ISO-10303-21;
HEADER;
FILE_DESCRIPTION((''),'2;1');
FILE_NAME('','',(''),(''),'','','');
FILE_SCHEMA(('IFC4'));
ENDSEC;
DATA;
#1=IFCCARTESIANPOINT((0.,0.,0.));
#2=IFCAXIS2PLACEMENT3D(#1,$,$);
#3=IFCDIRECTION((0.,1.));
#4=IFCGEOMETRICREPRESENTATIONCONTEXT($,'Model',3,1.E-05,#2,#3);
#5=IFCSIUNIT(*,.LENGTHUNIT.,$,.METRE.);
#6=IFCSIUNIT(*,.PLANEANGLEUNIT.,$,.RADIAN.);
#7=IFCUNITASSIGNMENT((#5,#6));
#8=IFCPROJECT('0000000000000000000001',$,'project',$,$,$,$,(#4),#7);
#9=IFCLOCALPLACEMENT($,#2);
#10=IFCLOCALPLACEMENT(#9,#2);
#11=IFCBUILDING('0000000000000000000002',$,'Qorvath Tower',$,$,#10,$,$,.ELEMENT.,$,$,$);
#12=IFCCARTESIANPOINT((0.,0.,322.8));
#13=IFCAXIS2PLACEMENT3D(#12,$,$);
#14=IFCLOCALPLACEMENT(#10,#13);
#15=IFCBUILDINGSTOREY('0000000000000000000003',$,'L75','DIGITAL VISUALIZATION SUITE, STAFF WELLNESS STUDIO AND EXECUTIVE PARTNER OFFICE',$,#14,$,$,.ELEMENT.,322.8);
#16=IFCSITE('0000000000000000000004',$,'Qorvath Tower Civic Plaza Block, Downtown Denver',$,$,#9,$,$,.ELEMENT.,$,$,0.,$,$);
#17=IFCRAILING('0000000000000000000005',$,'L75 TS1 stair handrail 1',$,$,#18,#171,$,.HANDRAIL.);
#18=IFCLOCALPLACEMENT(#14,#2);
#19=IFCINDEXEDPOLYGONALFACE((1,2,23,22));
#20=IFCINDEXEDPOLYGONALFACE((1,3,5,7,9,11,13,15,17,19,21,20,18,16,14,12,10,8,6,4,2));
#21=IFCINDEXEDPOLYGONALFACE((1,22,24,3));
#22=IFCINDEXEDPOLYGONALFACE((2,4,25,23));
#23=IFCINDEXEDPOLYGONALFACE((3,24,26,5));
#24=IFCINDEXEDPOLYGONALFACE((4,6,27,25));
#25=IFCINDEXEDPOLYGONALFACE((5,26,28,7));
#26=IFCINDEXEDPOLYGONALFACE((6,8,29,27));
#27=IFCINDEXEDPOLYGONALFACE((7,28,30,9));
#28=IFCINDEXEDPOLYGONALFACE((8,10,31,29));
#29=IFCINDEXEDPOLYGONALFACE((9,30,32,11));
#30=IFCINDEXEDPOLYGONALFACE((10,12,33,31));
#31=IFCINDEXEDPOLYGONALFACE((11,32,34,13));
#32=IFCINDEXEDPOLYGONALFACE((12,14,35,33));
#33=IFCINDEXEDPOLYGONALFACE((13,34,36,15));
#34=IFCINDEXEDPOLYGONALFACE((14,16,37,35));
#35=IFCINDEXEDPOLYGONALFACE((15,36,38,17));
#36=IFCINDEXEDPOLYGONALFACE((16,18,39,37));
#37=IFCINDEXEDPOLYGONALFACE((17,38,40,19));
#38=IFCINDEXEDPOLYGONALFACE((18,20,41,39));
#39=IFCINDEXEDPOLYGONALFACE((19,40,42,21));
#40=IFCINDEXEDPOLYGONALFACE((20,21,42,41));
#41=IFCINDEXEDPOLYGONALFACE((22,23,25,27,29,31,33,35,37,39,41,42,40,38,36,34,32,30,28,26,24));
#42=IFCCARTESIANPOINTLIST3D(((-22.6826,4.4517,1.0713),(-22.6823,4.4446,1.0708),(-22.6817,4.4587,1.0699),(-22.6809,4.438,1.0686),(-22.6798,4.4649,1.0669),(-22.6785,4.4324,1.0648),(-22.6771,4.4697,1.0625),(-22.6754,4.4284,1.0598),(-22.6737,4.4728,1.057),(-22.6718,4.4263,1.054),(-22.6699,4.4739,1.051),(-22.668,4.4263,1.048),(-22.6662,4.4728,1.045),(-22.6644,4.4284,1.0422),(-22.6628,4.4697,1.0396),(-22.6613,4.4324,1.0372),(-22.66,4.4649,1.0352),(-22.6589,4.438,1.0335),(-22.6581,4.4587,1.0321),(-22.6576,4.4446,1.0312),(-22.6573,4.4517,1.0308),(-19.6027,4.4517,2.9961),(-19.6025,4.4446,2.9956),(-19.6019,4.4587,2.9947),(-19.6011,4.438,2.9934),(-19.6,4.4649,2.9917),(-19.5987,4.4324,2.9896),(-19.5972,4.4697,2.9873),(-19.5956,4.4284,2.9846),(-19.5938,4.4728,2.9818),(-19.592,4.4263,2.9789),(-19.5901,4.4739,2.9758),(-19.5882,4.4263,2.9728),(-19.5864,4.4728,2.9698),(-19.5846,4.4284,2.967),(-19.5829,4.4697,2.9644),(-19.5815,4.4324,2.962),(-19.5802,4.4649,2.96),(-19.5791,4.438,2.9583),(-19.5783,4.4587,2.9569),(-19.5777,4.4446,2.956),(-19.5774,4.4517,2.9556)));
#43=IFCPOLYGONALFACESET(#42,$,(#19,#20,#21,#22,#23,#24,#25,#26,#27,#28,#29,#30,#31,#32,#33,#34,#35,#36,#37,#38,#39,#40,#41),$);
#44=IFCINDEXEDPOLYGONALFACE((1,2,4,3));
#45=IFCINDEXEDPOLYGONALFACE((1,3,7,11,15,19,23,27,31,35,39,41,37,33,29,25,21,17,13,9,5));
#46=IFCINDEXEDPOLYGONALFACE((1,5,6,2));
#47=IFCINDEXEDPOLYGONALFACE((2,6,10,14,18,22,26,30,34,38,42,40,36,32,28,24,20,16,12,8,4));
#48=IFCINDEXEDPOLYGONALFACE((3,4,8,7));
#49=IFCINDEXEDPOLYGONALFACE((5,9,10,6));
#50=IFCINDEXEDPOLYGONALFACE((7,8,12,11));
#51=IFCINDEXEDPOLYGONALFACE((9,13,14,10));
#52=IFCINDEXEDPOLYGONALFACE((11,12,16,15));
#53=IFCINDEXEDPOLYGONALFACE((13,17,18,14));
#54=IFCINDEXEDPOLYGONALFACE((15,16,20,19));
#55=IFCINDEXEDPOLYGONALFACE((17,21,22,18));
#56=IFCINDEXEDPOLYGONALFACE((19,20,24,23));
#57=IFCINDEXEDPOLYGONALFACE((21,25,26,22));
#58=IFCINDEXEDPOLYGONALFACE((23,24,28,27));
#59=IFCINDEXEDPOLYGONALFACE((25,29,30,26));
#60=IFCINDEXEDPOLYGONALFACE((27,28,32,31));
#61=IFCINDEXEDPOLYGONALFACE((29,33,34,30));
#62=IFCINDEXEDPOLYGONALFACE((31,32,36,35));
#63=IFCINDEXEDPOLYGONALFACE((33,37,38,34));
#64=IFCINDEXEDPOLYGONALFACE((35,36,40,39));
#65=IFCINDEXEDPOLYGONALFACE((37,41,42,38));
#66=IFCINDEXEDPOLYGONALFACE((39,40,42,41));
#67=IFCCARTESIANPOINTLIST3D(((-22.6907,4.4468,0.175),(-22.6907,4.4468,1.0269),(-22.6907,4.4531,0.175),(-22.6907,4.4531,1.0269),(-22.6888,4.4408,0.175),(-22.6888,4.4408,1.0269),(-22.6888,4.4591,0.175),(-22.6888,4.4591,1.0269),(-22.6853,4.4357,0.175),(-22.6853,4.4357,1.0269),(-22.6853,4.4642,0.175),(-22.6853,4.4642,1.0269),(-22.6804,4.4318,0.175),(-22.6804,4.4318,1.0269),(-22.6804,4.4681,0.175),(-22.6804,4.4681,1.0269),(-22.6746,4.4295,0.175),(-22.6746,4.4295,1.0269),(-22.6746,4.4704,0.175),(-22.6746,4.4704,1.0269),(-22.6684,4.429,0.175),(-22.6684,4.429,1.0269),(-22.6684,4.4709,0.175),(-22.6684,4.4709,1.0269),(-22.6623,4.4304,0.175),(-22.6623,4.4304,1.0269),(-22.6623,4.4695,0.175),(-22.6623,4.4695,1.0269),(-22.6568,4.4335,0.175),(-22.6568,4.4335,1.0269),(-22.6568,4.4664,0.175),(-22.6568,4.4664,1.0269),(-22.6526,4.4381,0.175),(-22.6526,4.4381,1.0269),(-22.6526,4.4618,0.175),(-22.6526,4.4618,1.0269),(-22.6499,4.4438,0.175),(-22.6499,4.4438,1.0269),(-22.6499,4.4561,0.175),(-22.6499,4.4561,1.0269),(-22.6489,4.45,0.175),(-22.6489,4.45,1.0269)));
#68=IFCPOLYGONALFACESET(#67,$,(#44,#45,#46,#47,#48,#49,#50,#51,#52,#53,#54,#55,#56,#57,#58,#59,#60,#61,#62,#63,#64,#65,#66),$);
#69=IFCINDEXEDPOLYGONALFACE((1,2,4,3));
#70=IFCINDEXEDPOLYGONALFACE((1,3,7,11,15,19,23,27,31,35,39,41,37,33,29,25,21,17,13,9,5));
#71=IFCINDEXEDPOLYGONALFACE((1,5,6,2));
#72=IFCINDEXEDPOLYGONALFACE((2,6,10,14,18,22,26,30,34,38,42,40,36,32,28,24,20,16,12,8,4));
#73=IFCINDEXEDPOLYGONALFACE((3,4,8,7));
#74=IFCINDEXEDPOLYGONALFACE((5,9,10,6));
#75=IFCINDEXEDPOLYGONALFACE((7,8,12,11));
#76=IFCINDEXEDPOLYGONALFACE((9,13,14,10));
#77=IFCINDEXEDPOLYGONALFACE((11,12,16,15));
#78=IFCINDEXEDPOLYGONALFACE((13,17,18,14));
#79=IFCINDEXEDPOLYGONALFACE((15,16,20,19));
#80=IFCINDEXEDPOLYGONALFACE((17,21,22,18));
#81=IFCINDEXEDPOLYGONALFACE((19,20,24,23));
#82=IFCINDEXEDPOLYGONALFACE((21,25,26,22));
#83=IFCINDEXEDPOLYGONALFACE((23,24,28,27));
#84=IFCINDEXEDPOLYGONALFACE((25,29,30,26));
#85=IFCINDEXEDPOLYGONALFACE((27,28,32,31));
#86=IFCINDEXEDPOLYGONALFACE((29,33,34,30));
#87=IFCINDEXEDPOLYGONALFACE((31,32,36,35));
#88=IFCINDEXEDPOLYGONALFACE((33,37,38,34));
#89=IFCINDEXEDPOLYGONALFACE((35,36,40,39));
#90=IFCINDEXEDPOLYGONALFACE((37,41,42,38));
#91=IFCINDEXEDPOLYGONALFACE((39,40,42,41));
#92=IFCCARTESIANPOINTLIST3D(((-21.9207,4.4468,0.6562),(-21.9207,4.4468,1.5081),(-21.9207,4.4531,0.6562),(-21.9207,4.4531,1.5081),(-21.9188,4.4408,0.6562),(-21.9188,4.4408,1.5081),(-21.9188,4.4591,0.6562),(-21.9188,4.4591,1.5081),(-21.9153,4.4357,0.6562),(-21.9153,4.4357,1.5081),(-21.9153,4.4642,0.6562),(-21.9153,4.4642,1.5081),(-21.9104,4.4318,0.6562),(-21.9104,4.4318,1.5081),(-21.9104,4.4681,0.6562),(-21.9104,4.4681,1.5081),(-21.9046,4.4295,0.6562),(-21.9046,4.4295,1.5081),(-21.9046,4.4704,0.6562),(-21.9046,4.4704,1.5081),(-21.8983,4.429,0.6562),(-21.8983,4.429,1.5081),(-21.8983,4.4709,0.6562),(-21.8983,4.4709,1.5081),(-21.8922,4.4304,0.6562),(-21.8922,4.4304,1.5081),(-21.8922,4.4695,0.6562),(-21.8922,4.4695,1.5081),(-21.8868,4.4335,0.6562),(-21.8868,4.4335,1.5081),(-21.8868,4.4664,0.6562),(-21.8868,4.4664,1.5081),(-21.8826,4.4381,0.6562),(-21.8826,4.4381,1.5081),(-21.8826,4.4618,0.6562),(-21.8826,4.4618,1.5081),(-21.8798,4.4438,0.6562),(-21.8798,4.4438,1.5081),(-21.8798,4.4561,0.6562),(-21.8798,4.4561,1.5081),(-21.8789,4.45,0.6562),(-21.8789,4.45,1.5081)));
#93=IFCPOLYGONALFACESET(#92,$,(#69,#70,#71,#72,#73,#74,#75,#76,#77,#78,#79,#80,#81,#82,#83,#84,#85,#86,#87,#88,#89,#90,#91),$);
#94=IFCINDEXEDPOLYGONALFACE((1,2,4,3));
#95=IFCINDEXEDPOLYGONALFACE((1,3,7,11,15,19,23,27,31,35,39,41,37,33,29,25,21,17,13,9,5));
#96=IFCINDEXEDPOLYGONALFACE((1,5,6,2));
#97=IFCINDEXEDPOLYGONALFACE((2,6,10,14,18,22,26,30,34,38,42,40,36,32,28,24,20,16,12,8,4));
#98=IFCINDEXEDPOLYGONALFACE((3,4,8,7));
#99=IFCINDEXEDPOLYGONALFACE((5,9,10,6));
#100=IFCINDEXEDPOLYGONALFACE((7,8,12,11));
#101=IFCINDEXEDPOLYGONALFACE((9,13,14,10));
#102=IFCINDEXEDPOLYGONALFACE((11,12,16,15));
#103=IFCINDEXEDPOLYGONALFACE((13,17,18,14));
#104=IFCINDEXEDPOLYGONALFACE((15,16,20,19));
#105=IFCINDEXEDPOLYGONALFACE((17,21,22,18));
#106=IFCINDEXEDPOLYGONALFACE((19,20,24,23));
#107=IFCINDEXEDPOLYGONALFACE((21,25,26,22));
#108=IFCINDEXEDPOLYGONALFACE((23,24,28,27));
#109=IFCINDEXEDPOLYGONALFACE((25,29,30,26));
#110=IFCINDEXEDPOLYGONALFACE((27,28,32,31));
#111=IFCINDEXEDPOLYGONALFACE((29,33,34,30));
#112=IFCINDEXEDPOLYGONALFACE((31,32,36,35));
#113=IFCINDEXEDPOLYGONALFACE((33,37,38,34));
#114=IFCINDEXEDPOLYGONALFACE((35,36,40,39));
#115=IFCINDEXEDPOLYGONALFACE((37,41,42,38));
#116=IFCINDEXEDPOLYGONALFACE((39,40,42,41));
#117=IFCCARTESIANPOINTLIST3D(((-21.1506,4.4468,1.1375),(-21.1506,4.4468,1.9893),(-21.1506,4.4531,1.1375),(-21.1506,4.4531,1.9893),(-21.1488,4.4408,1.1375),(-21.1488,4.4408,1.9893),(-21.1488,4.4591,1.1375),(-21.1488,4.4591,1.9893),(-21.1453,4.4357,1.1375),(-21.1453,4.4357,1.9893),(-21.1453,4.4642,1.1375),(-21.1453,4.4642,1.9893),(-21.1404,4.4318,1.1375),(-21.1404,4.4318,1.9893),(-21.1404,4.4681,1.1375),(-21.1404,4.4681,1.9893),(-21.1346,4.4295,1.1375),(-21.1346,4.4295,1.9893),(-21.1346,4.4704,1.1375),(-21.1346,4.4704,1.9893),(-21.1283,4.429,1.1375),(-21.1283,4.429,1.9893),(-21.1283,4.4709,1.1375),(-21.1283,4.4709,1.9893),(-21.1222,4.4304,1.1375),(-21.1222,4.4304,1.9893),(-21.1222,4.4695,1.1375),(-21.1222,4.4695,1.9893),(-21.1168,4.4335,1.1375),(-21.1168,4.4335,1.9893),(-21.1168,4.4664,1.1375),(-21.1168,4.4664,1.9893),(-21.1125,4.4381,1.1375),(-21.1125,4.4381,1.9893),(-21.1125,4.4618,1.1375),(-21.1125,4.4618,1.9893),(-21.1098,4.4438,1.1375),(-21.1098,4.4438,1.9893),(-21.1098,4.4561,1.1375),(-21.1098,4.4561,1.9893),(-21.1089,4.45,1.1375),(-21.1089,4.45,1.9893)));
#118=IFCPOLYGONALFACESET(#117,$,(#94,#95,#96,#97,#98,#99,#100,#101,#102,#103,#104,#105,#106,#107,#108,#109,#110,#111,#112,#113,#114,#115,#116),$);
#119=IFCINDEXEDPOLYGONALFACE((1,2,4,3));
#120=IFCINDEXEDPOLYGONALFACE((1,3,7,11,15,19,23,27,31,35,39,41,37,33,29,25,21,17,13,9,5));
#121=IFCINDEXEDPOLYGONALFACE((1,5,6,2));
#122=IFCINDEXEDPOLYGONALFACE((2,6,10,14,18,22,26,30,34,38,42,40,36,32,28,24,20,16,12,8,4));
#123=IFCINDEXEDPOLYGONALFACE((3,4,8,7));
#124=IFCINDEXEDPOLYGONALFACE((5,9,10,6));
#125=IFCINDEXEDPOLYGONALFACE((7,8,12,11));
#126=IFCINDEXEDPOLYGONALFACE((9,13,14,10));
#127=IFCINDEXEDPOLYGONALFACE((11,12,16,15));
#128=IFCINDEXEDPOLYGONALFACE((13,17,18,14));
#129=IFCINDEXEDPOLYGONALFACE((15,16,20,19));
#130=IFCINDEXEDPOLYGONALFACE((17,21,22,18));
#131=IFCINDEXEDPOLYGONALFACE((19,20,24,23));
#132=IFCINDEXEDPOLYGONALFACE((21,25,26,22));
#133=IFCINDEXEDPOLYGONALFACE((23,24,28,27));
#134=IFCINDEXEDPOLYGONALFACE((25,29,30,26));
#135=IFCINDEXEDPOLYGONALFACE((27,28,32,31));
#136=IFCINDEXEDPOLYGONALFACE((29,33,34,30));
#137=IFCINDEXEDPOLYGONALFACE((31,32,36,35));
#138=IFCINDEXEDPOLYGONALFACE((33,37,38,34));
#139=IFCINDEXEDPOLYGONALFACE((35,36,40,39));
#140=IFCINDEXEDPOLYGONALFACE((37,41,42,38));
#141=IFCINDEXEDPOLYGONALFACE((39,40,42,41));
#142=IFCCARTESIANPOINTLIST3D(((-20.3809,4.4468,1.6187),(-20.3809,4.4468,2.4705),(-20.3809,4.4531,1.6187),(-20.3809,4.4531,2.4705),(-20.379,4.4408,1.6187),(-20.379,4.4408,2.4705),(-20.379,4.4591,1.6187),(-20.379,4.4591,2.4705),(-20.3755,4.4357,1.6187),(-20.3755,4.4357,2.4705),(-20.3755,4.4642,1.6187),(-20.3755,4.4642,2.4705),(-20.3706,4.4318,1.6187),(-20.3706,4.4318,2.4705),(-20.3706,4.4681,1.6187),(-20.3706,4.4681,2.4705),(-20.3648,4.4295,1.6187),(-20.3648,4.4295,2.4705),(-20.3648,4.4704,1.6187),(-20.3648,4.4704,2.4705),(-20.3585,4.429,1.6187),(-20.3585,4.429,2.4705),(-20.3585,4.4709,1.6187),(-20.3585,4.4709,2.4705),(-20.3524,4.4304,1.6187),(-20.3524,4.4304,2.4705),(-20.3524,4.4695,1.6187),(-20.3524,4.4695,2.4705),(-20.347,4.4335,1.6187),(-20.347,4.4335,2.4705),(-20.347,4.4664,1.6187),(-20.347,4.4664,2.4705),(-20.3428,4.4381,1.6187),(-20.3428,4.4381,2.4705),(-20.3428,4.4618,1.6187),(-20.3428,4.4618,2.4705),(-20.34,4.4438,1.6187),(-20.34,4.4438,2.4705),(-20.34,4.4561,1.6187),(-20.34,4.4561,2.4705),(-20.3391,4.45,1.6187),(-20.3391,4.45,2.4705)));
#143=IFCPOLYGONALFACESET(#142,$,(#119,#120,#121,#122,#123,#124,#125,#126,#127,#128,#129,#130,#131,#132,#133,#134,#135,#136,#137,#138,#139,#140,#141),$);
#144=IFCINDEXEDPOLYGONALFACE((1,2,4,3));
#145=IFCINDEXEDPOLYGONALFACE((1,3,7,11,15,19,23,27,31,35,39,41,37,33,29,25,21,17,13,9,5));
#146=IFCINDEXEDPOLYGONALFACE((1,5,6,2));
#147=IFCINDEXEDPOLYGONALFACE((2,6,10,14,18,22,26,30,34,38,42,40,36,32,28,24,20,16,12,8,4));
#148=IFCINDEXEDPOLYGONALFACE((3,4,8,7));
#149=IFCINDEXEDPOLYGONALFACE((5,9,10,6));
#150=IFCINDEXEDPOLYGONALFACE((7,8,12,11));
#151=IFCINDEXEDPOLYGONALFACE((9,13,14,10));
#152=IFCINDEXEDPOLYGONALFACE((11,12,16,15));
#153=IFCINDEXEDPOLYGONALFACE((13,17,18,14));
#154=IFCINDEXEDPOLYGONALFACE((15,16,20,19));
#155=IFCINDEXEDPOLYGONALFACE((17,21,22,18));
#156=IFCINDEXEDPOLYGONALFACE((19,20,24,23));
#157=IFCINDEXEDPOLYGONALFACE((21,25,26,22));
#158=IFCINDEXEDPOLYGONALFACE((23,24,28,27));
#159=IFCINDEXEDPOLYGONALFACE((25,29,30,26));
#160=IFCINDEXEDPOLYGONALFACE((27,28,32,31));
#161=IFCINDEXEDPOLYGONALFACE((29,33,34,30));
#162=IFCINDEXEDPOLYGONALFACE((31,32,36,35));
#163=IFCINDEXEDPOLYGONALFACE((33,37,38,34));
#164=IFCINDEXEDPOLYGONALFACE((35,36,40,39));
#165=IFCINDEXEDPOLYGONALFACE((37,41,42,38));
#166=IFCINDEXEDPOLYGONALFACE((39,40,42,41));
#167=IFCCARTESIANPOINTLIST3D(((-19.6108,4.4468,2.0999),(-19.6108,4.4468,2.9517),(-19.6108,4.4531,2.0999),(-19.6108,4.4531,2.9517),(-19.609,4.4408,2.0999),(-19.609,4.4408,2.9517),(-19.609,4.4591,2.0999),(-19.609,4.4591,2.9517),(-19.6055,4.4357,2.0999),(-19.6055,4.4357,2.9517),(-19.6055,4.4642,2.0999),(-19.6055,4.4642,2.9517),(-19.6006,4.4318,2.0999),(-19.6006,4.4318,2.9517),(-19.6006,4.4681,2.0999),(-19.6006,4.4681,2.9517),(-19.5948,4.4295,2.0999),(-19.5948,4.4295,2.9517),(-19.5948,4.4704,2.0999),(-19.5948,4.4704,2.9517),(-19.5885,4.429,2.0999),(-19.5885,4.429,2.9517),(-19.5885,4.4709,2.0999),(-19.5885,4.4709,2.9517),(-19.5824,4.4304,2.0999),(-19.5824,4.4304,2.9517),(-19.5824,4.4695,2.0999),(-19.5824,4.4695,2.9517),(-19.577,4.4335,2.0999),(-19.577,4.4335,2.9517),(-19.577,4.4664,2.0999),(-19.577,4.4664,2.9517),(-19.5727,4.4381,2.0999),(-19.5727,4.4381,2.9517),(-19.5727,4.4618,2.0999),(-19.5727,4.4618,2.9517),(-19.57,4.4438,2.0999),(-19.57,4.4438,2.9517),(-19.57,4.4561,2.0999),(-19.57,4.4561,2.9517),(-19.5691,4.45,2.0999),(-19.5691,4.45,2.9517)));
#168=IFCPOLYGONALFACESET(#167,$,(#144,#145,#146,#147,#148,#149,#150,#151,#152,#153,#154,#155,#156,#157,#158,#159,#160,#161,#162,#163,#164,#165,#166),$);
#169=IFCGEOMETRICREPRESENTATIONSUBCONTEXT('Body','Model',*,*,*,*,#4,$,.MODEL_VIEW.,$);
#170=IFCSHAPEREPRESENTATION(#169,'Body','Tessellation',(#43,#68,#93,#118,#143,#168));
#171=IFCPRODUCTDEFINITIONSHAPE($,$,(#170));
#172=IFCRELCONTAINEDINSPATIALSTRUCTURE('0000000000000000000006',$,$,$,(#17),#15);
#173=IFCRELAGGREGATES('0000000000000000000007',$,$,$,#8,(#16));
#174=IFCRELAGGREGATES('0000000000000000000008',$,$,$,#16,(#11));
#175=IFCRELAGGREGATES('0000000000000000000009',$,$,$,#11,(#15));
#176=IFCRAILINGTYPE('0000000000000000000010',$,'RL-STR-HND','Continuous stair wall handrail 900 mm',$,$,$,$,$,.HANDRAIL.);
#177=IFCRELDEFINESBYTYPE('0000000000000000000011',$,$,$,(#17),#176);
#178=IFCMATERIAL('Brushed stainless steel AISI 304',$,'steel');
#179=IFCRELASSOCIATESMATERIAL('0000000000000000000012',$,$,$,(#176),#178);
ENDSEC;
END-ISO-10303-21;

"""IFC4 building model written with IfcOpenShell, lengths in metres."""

from ifc_helpers import new_model, si_unit, direction, frame, origin, origin_2d, place, context, subcontext, project, spatial, circle, extrude, material, type_object, element, save


model = new_model("IFC4")

# Units and contexts
model_context = context("Model", 3, precision=1e-05, world=origin(), true_north=direction((0.0, 1.0)))
body_context = subcontext(model_context, "Body", "Model", "MODEL_VIEW")
ifc_project = project(units=[si_unit("LENGTHUNIT", "METRE"), si_unit("PLANEANGLEUNIT", "RADIAN")], contexts=[model_context])

# Site, building, storey
site_placement = place(None, origin())
site = spatial("IfcSite", under=ifc_project, at=site_placement, Name="Qorvath Tower Civic Plaza Block, Downtown Denver", CompositionType="ELEMENT", RefElevation=0.0)
building_placement = place(site_placement, origin())
building = spatial("IfcBuilding", under=site, at=building_placement, Name="Qorvath Tower", CompositionType="ELEMENT")
storey_placement = place(building_placement, frame((0.0, 0.0, 322.8)))
storey = spatial("IfcBuildingStorey", under=building, at=storey_placement, Name="L75", Description="DIGITAL VISUALIZATION SUITE, STAFF WELLNESS STUDIO AND EXECUTIVE PARTNER OFFICE", CompositionType="ELEMENT", Elevation=322.8)

# Railing
ifc_material_1 = material(Name="Brushed stainless steel AISI 304", Category="steel")
railing_type_1 = type_object("IfcRailingType", Name="RL-STR-HND", Description="Continuous stair wall handrail 900 mm", PredefinedType="HANDRAIL", material=ifc_material_1)
railing_1_placement = place(storey_placement, frame((-22.6699, 4.45, 0.175)))
element("IfcRailing", 1, at=railing_1_placement, inside=storey, type_object=railing_type_1, Name="L75 TS1 stair handrail 1", PredefinedType="HANDRAIL", context=body_context, shape_type="SweptSolid", body=[
    extrude(circle(Radius=0.0239, at=origin_2d()), frame((0.0, 0.0, 0.876), z_axis=(0.84801, 0.0, 0.529981), x_axis=(0.0, 1.0, 0.0)), (0.0, 0.0, 1.0), 3.6318),
    extrude(circle(Radius=0.021, at=origin_2d()), origin(), (0.0, 0.0, 1.0), 0.8518),
    extrude(circle(Radius=0.021, at=origin_2d()), frame((0.77, 0.0, 0.4812)), (0.0, 0.0, 1.0), 0.8518),
    extrude(circle(Radius=0.021, at=origin_2d()), frame((1.54, 0.0, 0.9624)), (0.0, 0.0, 1.0), 0.8518),
    extrude(circle(Radius=0.021, at=origin_2d()), frame((2.3098, 0.0, 1.4436)), (0.0, 0.0, 1.0), 0.8518),
    extrude(circle(Radius=0.021, at=origin_2d()), frame((3.0798, 0.0, 1.9248)), (0.0, 0.0, 1.0), 0.8518),
])

save(model, "model.ifc")
